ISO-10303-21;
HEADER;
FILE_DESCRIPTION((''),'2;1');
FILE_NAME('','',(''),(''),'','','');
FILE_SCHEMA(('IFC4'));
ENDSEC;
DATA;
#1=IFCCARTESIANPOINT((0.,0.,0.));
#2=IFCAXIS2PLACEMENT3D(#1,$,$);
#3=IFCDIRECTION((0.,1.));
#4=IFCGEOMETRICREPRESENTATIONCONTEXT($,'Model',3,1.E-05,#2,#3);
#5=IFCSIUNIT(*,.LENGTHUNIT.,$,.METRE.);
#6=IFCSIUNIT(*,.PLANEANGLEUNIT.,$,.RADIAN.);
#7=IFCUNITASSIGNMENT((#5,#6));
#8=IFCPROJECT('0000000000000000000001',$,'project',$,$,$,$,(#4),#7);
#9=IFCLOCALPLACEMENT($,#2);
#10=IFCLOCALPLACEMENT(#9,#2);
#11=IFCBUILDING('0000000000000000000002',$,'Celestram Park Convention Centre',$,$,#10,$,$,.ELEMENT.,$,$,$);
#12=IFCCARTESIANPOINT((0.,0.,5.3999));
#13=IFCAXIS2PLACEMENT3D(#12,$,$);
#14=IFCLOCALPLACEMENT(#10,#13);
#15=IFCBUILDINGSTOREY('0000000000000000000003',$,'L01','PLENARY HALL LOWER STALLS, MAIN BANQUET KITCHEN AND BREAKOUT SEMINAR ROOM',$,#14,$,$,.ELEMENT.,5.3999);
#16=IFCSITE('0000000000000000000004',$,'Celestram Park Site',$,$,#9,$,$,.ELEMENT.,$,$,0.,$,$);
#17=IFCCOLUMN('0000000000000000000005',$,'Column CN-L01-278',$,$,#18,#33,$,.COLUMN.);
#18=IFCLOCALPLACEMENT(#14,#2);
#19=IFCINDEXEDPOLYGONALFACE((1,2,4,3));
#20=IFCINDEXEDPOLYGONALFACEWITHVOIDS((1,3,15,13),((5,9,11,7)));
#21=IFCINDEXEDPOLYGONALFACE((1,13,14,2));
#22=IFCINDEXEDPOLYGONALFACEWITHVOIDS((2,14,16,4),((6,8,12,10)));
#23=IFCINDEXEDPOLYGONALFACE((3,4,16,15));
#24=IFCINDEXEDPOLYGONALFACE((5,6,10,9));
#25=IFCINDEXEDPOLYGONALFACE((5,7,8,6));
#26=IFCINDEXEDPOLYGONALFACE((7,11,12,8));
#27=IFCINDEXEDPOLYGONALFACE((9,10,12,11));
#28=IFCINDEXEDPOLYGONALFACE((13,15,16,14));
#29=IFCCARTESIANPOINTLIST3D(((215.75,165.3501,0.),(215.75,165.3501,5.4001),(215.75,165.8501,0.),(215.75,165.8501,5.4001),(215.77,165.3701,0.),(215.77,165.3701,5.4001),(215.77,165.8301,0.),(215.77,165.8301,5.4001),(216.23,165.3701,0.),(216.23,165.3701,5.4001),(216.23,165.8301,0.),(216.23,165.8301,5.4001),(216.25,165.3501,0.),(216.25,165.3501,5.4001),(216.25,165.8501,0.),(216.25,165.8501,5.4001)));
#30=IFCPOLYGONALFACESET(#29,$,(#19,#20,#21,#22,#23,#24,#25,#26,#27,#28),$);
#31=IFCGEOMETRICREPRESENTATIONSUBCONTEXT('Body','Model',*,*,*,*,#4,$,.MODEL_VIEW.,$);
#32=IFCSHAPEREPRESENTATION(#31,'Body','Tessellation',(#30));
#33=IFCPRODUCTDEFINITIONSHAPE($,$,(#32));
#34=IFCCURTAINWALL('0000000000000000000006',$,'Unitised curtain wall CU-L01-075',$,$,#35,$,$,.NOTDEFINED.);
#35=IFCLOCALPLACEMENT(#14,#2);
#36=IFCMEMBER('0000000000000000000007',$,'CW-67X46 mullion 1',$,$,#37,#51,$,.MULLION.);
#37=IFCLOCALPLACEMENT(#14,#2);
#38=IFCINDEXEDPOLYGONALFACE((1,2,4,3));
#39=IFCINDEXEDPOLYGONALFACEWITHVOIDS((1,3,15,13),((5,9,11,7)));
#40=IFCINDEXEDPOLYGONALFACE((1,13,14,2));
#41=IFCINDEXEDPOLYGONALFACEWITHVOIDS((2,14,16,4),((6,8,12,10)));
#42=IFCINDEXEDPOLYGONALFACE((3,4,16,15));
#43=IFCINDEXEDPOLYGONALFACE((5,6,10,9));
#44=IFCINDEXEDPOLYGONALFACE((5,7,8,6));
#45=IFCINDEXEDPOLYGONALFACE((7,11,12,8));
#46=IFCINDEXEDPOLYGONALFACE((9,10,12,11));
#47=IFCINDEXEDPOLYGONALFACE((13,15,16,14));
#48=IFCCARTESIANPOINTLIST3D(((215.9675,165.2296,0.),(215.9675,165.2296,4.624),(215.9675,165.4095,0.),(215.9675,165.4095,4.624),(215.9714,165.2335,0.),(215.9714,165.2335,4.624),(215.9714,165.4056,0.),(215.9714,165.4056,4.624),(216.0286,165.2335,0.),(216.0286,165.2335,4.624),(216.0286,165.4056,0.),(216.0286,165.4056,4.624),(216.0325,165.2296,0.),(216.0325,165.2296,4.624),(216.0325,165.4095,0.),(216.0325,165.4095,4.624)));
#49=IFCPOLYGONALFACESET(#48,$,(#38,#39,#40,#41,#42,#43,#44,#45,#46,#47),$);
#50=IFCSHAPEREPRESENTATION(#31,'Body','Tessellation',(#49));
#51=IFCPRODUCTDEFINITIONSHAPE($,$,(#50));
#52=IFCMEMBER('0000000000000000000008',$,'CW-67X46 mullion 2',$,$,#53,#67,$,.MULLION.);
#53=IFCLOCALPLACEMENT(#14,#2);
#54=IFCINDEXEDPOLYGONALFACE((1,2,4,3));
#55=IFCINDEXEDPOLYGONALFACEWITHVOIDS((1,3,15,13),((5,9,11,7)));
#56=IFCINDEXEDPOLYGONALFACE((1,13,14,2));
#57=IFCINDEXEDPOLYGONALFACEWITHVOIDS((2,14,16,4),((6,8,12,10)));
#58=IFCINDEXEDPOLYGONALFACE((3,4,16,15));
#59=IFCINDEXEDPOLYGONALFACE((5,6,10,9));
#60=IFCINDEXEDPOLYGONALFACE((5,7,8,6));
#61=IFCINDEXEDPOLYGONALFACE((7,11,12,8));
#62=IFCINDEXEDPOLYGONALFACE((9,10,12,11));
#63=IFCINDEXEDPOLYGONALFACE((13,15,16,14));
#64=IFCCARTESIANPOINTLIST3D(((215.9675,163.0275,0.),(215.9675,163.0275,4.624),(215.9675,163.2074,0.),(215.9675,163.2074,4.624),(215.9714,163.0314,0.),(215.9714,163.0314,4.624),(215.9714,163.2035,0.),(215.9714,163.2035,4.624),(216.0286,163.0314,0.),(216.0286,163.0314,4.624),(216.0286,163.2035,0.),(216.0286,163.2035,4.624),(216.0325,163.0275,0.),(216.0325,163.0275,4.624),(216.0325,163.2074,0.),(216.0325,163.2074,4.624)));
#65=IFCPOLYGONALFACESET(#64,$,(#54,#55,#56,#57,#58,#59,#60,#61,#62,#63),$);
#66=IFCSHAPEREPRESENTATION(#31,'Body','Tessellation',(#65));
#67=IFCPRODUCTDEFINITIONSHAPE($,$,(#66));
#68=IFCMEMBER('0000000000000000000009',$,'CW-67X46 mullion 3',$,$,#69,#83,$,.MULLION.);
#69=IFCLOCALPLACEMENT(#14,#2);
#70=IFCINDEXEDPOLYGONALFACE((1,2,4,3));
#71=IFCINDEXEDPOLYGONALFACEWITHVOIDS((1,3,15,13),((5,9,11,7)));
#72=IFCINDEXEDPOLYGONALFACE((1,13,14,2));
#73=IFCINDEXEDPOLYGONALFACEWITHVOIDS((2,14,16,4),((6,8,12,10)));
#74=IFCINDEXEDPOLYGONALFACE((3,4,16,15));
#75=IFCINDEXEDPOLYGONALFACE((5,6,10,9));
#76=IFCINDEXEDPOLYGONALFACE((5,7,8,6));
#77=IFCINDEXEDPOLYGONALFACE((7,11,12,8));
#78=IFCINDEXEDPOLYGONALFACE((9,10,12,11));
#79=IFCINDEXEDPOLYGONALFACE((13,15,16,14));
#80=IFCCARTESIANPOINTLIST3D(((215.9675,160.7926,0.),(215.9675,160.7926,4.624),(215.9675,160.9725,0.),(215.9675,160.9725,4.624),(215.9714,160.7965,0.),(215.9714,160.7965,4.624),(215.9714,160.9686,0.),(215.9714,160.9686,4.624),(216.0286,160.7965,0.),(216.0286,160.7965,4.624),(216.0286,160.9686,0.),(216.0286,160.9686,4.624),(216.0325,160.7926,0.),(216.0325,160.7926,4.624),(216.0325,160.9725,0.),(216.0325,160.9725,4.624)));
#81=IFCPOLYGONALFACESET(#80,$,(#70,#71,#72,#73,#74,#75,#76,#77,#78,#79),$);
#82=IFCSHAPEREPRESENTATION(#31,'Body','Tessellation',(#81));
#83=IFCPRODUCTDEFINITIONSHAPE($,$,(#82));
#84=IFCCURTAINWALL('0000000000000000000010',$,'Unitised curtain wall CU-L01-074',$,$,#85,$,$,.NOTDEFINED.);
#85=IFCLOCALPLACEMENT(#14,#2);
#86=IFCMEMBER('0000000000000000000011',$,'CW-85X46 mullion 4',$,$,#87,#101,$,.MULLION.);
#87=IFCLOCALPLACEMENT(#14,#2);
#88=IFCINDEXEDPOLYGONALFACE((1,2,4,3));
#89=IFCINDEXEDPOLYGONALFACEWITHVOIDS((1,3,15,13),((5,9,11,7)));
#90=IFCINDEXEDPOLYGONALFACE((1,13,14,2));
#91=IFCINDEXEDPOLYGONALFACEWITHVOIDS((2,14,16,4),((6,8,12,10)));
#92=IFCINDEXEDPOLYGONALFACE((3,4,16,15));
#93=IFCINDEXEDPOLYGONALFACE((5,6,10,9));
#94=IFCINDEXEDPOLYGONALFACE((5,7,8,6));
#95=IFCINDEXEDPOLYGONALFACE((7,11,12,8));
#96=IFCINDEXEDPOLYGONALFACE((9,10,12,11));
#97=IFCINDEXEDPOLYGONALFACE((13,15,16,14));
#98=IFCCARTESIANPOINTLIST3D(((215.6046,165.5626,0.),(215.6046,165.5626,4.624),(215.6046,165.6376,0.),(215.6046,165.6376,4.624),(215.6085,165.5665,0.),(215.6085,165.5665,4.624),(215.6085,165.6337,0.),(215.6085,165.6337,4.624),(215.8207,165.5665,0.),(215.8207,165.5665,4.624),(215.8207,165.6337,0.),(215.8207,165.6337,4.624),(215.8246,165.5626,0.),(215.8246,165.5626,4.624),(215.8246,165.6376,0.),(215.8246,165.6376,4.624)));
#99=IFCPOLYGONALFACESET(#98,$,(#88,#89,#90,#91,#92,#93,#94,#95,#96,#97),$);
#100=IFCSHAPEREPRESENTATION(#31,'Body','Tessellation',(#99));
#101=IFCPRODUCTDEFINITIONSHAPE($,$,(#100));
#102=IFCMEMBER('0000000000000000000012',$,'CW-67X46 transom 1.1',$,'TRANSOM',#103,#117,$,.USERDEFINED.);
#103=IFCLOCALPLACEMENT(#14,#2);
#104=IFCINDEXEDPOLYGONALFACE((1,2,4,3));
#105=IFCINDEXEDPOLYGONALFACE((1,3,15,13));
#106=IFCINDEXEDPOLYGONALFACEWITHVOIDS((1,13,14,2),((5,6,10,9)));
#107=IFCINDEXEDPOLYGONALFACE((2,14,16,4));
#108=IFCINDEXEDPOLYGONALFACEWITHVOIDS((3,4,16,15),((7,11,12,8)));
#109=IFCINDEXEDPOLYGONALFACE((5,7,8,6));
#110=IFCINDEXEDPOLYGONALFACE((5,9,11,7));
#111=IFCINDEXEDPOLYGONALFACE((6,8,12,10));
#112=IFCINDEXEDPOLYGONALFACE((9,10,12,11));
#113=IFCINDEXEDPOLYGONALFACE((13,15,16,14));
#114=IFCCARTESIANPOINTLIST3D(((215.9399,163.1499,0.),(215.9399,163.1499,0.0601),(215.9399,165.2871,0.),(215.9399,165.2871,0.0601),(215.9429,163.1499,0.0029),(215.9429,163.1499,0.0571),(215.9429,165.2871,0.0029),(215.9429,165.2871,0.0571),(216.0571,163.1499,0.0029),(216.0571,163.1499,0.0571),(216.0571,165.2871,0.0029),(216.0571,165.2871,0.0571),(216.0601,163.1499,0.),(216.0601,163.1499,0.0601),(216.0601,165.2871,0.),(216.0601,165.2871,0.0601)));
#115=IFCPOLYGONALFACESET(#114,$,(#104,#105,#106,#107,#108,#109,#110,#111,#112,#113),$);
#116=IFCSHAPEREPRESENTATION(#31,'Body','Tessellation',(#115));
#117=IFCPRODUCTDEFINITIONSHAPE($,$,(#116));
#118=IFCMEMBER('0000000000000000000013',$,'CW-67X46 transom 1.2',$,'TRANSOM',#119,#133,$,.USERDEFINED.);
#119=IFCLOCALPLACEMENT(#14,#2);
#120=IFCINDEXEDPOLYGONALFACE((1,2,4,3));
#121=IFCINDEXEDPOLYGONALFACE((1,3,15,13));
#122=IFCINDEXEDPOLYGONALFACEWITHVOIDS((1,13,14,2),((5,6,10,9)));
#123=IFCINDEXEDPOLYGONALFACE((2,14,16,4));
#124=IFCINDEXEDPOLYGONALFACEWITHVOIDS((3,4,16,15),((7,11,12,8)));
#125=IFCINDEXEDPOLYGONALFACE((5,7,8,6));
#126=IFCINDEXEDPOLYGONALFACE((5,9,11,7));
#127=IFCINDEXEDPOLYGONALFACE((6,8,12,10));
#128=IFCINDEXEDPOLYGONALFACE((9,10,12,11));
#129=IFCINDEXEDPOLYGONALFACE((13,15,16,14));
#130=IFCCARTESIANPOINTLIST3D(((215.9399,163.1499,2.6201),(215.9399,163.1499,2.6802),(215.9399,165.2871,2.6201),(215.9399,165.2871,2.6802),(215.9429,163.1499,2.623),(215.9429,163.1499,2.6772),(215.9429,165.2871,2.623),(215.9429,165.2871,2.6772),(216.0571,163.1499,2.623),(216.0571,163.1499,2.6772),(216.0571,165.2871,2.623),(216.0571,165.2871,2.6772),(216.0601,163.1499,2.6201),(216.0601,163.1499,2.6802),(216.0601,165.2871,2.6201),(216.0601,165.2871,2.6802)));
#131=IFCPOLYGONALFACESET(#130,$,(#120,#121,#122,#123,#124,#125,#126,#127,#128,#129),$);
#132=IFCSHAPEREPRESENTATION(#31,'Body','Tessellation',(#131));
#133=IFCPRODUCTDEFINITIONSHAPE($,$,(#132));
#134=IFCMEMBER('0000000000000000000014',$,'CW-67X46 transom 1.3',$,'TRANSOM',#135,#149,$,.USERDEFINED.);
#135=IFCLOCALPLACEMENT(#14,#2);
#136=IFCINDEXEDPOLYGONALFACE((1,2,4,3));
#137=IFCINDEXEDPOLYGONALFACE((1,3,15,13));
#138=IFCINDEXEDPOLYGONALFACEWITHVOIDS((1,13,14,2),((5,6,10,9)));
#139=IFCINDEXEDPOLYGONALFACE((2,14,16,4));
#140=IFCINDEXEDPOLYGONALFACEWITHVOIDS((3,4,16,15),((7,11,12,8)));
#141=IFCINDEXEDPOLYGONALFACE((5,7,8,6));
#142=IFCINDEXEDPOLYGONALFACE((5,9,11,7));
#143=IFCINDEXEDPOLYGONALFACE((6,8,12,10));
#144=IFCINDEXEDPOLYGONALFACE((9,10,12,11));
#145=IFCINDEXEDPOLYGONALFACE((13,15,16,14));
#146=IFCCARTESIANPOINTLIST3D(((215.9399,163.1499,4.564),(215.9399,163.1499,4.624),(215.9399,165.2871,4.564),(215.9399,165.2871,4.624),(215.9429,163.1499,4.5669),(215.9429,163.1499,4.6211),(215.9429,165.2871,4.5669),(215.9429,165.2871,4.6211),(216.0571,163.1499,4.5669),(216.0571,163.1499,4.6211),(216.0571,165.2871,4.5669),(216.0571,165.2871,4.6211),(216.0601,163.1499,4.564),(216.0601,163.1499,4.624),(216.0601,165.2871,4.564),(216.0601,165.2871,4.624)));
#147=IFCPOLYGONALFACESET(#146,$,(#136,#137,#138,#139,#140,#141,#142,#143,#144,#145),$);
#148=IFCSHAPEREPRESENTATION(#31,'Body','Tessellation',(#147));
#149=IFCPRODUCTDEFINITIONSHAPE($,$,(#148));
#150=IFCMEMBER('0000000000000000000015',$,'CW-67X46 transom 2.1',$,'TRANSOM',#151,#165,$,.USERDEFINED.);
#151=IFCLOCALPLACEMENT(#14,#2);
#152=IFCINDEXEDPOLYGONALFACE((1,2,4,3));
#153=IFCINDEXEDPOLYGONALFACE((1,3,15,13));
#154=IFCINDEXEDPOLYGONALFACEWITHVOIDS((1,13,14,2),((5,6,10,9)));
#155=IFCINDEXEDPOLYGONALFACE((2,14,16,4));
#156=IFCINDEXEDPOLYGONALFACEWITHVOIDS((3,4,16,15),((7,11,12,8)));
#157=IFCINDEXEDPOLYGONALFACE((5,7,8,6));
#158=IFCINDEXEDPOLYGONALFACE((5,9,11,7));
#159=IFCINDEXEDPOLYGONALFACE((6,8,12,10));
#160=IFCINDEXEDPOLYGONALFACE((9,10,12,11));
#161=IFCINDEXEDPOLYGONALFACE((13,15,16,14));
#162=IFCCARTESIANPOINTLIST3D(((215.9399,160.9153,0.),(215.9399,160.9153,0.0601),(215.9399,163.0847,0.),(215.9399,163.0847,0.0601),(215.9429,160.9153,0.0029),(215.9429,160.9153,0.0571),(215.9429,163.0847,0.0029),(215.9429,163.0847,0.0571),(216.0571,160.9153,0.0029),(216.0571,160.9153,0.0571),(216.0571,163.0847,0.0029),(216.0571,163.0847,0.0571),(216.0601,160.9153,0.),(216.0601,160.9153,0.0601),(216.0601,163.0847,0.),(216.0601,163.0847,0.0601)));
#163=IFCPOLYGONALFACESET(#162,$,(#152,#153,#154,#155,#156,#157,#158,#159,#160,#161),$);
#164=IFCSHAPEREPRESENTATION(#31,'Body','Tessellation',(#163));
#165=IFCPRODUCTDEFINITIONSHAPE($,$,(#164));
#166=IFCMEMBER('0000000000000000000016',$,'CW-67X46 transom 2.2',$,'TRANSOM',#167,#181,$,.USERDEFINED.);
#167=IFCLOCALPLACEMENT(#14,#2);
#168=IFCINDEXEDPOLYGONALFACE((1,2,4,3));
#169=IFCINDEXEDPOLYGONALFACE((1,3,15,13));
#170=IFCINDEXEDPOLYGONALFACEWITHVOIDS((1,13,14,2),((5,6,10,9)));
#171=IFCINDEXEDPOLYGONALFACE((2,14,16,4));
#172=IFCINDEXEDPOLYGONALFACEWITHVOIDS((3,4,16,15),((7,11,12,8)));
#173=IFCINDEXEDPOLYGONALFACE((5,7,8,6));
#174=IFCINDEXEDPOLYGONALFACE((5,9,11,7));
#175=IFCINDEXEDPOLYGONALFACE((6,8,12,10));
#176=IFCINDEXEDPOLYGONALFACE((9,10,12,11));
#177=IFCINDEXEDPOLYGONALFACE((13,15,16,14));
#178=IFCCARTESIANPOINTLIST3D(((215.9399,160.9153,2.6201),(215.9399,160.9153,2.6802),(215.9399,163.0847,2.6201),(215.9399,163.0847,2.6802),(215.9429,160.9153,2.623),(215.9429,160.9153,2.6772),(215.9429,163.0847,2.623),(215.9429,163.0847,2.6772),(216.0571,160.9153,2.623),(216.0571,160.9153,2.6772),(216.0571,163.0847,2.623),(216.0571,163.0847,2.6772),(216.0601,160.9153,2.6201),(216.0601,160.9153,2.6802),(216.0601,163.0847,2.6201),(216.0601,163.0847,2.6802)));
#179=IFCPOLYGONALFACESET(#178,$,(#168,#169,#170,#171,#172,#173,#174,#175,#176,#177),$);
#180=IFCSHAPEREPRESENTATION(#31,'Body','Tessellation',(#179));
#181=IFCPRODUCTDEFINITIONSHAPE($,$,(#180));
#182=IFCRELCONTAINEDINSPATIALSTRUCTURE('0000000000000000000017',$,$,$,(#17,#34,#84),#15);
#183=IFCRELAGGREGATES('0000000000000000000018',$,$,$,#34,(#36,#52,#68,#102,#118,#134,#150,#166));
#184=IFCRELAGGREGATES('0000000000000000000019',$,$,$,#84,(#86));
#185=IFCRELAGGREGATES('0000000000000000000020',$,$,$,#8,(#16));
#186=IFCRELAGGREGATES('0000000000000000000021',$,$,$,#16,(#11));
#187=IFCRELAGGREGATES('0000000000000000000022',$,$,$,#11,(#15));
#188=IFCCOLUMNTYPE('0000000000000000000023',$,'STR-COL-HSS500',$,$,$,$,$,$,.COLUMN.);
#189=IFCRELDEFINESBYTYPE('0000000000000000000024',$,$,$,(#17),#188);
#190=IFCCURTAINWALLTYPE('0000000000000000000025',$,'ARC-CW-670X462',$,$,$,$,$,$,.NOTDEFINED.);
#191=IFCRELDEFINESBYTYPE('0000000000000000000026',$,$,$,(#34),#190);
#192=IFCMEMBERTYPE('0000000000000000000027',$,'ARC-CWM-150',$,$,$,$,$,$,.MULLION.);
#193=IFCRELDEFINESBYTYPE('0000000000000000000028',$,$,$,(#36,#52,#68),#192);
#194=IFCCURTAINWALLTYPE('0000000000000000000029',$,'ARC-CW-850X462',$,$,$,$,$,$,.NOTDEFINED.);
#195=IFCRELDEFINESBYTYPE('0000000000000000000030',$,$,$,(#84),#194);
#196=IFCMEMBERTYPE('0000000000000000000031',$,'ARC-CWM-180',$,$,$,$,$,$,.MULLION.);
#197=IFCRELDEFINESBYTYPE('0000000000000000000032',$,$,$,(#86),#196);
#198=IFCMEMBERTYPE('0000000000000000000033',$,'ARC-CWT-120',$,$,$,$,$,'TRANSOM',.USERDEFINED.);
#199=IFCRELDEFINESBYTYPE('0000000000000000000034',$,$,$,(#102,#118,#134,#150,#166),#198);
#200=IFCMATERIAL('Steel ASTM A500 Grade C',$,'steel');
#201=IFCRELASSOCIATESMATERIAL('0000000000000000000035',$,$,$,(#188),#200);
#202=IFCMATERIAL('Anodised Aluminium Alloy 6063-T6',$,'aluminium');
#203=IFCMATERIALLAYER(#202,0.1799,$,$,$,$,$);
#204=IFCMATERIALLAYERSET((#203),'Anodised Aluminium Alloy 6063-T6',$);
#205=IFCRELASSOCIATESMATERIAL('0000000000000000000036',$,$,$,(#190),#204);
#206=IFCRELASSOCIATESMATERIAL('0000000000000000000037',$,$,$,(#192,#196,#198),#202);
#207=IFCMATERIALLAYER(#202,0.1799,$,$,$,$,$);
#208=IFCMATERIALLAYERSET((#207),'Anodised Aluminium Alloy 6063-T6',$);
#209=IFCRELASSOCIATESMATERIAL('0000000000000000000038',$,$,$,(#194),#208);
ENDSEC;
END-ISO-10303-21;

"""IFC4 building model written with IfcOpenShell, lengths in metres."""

from ifc_helpers import new_model, si_unit, direction, frame, origin, origin_2d, place, context, subcontext, project, spatial, hollow_rectangle, extrude, material, layer, layer_set, material_profile, profile_set, type_object, element, aggregate, save


model = new_model("IFC4")

# Units and contexts
model_context = context("Model", 3, precision=1e-05, world=origin(), true_north=direction((0.0, 1.0)))
body_context = subcontext(model_context, "Body", "Model", "MODEL_VIEW")
ifc_project = project(units=[si_unit("LENGTHUNIT", "METRE"), si_unit("PLANEANGLEUNIT", "RADIAN")], contexts=[model_context])

# Site, building, storey
site_placement = place(None, origin())
site = spatial("IfcSite", under=ifc_project, at=site_placement, Name="Celestram Park Site", CompositionType="ELEMENT", RefElevation=0.0)
building_placement = place(site_placement, origin())
building = spatial("IfcBuilding", under=site, at=building_placement, Name="Celestram Park Convention Centre", CompositionType="ELEMENT")
storey_placement = place(building_placement, frame((0.0, 0.0, 5.3999)))
storey = spatial("IfcBuildingStorey", under=building, at=storey_placement, Name="L01", Description="PLENARY HALL LOWER STALLS, MAIN BANQUET KITCHEN AND BREAKOUT SEMINAR ROOM", CompositionType="ELEMENT", Elevation=5.3999)

# Column
ifc_material_1 = material(Name="Steel ASTM A500 Grade C", Category="steel")
ifc_material_profile_1 = material_profile(ifc_material_1, hollow_rectangle(XDim=0.5, YDim=0.5, WallThickness=0.02, at=origin_2d()), Name="HSS500X500X20")
ifc_profile_set_1 = profile_set([ifc_material_profile_1], Name="Steel ASTM A500 Grade C")
column_type = type_object("IfcColumnType", Name="STR-COL-HSS500", PredefinedType="COLUMN", material=ifc_profile_set_1)
column_placement = place(storey_placement, frame((216.0, 165.6001, 0.0), z_axis=(0.0, 0.0, 1.0), x_axis=(1.0, 0.0, 0.0)))
element("IfcColumn", 1, at=column_placement, inside=storey, type_object=column_type, Name="Column CN-L01-278", PredefinedType="COLUMN", context=body_context, shape_type="SweptSolid", body=[
    extrude(hollow_rectangle(XDim=0.5, YDim=0.5, WallThickness=0.02, at=origin_2d()), origin(), (0.0, 0.0, 1.0), 5.4001),
])

# Curtain wall, members
ifc_material_2 = material(Name="Anodised Aluminium Alloy 6063-T6", Category="aluminium")
ifc_layer_1 = layer(ifc_material_2, 0.1799)
ifc_layer_set_1 = layer_set([ifc_layer_1], Name="Anodised Aluminium Alloy 6063-T6")
curtain_wall_type_1 = type_object("IfcCurtainWallType", Name="ARC-CW-670X462", PredefinedType="NOTDEFINED", material=ifc_layer_set_1)
curtain_wall_1_placement = place(storey_placement, origin())
curtain_wall_1 = element("IfcCurtainWall", 2, at=curtain_wall_1_placement, inside=storey, type_object=curtain_wall_type_1, Name="Unitised curtain wall CU-L01-075", PredefinedType="NOTDEFINED")
ifc_material_profile_2 = material_profile(ifc_material_2, hollow_rectangle(XDim=0.0649, YDim=0.1799, WallThickness=0.0039, at=origin_2d()), Name="ALU65X180X4")
ifc_profile_set_2 = profile_set([ifc_material_profile_2], Name="Anodised Aluminium Alloy 6063-T6")
member_type_1 = type_object("IfcMemberType", Name="ARC-CWM-150", PredefinedType="MULLION", material=ifc_profile_set_2)
member_1_placement = place(storey_placement, frame((216.0, 165.3196, 0.0), z_axis=(0.0, 0.0, 1.0), x_axis=(1.0, 0.0, 0.0)))
member_1 = element("IfcMember", 3, at=member_1_placement, type_object=member_type_1, Name="CW-67X46 mullion 1", PredefinedType="MULLION", context=body_context, shape_type="SweptSolid", body=[
    extrude(hollow_rectangle(XDim=0.0649, YDim=0.1799, WallThickness=0.0039, at=origin_2d()), origin(), (0.0, 0.0, 1.0), 4.624),
])
member_2_placement = place(storey_placement, frame((216.0, 163.1174, 0.0), z_axis=(0.0, 0.0, 1.0), x_axis=(1.0, 0.0, 0.0)))
member_2 = element("IfcMember", 4, at=member_2_placement, type_object=member_type_1, Name="CW-67X46 mullion 2", PredefinedType="MULLION", context=body_context, shape_type="SweptSolid", body=[
    extrude(hollow_rectangle(XDim=0.0649, YDim=0.1799, WallThickness=0.0039, at=origin_2d()), origin(), (0.0, 0.0, 1.0), 4.624),
])
member_3_placement = place(storey_placement, frame((216.0, 160.8826, 0.0), z_axis=(0.0, 0.0, 1.0), x_axis=(1.0, 0.0, 0.0)))
member_3 = element("IfcMember", 5, at=member_3_placement, type_object=member_type_1, Name="CW-67X46 mullion 3", PredefinedType="MULLION", context=body_context, shape_type="SweptSolid", body=[
    extrude(hollow_rectangle(XDim=0.0649, YDim=0.1799, WallThickness=0.0039, at=origin_2d()), origin(), (0.0, 0.0, 1.0), 4.624),
])

# Curtain wall, member
ifc_layer_2 = layer(ifc_material_2, 0.1799)
ifc_layer_set_2 = layer_set([ifc_layer_2], Name="Anodised Aluminium Alloy 6063-T6")
curtain_wall_type_2 = type_object("IfcCurtainWallType", Name="ARC-CW-850X462", PredefinedType="NOTDEFINED", material=ifc_layer_set_2)
curtain_wall_2_placement = place(storey_placement, origin())
curtain_wall_2 = element("IfcCurtainWall", 6, at=curtain_wall_2_placement, inside=storey, type_object=curtain_wall_type_2, Name="Unitised curtain wall CU-L01-074", PredefinedType="NOTDEFINED")
ifc_material_profile_3 = material_profile(ifc_material_2, hollow_rectangle(XDim=0.075, YDim=0.22, WallThickness=0.0039, at=origin_2d()), Name="ALU75X220X4")
ifc_profile_set_3 = profile_set([ifc_material_profile_3], Name="Anodised Aluminium Alloy 6063-T6")
member_type_2 = type_object("IfcMemberType", Name="ARC-CWM-180", PredefinedType="MULLION", material=ifc_profile_set_3)
member_4_placement = place(storey_placement, frame((215.7146, 165.6001, 0.0), z_axis=(0.0, 0.0, 1.0), x_axis=(0.0, 1.0, 0.0)))
member_4 = element("IfcMember", 7, at=member_4_placement, type_object=member_type_2, Name="CW-85X46 mullion 4", PredefinedType="MULLION", context=body_context, shape_type="SweptSolid", body=[
    extrude(hollow_rectangle(XDim=0.075, YDim=0.22, WallThickness=0.0039, at=origin_2d()), origin(), (0.0, 0.0, 1.0), 4.624),
])

# Members
ifc_material_profile_4 = material_profile(ifc_material_2, hollow_rectangle(XDim=0.1201, YDim=0.0601, WallThickness=0.0029, at=origin_2d()), Name="ALU120X60X3")
ifc_profile_set_4 = profile_set([ifc_material_profile_4], Name="Anodised Aluminium Alloy 6063-T6")
member_type_3 = type_object("IfcMemberType", Name="ARC-CWT-120", ElementType="TRANSOM", PredefinedType="USERDEFINED", material=ifc_profile_set_4)
member_5_placement = place(storey_placement, frame((216.0, 165.2871, 0.03), z_axis=(0.0, -1.0, 0.0), x_axis=(1.0, 0.0, 0.0)))
member_5 = element("IfcMember", 8, at=member_5_placement, type_object=member_type_3, Name="CW-67X46 transom 1.1", ObjectType="TRANSOM", PredefinedType="USERDEFINED", context=body_context, shape_type="SweptSolid", body=[
    extrude(hollow_rectangle(XDim=0.1201, YDim=0.0601, WallThickness=0.0029, at=origin_2d()), origin(), (0.0, 0.0, 1.0), 2.1372),
])
member_6_placement = place(storey_placement, frame((216.0, 165.2871, 2.6501), z_axis=(0.0, -1.0, 0.0), x_axis=(1.0, 0.0, 0.0)))
member_6 = element("IfcMember", 9, at=member_6_placement, type_object=member_type_3, Name="CW-67X46 transom 1.2", ObjectType="TRANSOM", PredefinedType="USERDEFINED", context=body_context, shape_type="SweptSolid", body=[
    extrude(hollow_rectangle(XDim=0.1201, YDim=0.0601, WallThickness=0.0029, at=origin_2d()), origin(), (0.0, 0.0, 1.0), 2.1372),
])
member_7_placement = place(storey_placement, frame((216.0, 165.2871, 4.594), z_axis=(0.0, -1.0, 0.0), x_axis=(1.0, 0.0, 0.0)))
member_7 = element("IfcMember", 10, at=member_7_placement, type_object=member_type_3, Name="CW-67X46 transom 1.3", ObjectType="TRANSOM", PredefinedType="USERDEFINED", context=body_context, shape_type="SweptSolid", body=[
    extrude(hollow_rectangle(XDim=0.1201, YDim=0.0601, WallThickness=0.0029, at=origin_2d()), origin(), (0.0, 0.0, 1.0), 2.1372),
])
member_8_placement = place(storey_placement, frame((216.0, 163.0847, 0.03), z_axis=(0.0, -1.0, 0.0), x_axis=(1.0, 0.0, 0.0)))
member_8 = element("IfcMember", 11, at=member_8_placement, type_object=member_type_3, Name="CW-67X46 transom 2.1", ObjectType="TRANSOM", PredefinedType="USERDEFINED", context=body_context, shape_type="SweptSolid", body=[
    extrude(hollow_rectangle(XDim=0.1201, YDim=0.0601, WallThickness=0.0029, at=origin_2d()), origin(), (0.0, 0.0, 1.0), 2.1694),
])
member_9_placement = place(storey_placement, frame((216.0, 163.0847, 2.6501), z_axis=(0.0, -1.0, 0.0), x_axis=(1.0, 0.0, 0.0)))
member_9 = element("IfcMember", 12, at=member_9_placement, type_object=member_type_3, Name="CW-67X46 transom 2.2", ObjectType="TRANSOM", PredefinedType="USERDEFINED", context=body_context, shape_type="SweptSolid", body=[
    extrude(hollow_rectangle(XDim=0.1201, YDim=0.0601, WallThickness=0.0029, at=origin_2d()), origin(), (0.0, 0.0, 1.0), 2.1694),
])

aggregate(curtain_wall_1, [member_1, member_2, member_3, member_5, member_6, member_7, member_8, member_9])
aggregate(curtain_wall_2, [member_4])

save(model, "model.ifc")
